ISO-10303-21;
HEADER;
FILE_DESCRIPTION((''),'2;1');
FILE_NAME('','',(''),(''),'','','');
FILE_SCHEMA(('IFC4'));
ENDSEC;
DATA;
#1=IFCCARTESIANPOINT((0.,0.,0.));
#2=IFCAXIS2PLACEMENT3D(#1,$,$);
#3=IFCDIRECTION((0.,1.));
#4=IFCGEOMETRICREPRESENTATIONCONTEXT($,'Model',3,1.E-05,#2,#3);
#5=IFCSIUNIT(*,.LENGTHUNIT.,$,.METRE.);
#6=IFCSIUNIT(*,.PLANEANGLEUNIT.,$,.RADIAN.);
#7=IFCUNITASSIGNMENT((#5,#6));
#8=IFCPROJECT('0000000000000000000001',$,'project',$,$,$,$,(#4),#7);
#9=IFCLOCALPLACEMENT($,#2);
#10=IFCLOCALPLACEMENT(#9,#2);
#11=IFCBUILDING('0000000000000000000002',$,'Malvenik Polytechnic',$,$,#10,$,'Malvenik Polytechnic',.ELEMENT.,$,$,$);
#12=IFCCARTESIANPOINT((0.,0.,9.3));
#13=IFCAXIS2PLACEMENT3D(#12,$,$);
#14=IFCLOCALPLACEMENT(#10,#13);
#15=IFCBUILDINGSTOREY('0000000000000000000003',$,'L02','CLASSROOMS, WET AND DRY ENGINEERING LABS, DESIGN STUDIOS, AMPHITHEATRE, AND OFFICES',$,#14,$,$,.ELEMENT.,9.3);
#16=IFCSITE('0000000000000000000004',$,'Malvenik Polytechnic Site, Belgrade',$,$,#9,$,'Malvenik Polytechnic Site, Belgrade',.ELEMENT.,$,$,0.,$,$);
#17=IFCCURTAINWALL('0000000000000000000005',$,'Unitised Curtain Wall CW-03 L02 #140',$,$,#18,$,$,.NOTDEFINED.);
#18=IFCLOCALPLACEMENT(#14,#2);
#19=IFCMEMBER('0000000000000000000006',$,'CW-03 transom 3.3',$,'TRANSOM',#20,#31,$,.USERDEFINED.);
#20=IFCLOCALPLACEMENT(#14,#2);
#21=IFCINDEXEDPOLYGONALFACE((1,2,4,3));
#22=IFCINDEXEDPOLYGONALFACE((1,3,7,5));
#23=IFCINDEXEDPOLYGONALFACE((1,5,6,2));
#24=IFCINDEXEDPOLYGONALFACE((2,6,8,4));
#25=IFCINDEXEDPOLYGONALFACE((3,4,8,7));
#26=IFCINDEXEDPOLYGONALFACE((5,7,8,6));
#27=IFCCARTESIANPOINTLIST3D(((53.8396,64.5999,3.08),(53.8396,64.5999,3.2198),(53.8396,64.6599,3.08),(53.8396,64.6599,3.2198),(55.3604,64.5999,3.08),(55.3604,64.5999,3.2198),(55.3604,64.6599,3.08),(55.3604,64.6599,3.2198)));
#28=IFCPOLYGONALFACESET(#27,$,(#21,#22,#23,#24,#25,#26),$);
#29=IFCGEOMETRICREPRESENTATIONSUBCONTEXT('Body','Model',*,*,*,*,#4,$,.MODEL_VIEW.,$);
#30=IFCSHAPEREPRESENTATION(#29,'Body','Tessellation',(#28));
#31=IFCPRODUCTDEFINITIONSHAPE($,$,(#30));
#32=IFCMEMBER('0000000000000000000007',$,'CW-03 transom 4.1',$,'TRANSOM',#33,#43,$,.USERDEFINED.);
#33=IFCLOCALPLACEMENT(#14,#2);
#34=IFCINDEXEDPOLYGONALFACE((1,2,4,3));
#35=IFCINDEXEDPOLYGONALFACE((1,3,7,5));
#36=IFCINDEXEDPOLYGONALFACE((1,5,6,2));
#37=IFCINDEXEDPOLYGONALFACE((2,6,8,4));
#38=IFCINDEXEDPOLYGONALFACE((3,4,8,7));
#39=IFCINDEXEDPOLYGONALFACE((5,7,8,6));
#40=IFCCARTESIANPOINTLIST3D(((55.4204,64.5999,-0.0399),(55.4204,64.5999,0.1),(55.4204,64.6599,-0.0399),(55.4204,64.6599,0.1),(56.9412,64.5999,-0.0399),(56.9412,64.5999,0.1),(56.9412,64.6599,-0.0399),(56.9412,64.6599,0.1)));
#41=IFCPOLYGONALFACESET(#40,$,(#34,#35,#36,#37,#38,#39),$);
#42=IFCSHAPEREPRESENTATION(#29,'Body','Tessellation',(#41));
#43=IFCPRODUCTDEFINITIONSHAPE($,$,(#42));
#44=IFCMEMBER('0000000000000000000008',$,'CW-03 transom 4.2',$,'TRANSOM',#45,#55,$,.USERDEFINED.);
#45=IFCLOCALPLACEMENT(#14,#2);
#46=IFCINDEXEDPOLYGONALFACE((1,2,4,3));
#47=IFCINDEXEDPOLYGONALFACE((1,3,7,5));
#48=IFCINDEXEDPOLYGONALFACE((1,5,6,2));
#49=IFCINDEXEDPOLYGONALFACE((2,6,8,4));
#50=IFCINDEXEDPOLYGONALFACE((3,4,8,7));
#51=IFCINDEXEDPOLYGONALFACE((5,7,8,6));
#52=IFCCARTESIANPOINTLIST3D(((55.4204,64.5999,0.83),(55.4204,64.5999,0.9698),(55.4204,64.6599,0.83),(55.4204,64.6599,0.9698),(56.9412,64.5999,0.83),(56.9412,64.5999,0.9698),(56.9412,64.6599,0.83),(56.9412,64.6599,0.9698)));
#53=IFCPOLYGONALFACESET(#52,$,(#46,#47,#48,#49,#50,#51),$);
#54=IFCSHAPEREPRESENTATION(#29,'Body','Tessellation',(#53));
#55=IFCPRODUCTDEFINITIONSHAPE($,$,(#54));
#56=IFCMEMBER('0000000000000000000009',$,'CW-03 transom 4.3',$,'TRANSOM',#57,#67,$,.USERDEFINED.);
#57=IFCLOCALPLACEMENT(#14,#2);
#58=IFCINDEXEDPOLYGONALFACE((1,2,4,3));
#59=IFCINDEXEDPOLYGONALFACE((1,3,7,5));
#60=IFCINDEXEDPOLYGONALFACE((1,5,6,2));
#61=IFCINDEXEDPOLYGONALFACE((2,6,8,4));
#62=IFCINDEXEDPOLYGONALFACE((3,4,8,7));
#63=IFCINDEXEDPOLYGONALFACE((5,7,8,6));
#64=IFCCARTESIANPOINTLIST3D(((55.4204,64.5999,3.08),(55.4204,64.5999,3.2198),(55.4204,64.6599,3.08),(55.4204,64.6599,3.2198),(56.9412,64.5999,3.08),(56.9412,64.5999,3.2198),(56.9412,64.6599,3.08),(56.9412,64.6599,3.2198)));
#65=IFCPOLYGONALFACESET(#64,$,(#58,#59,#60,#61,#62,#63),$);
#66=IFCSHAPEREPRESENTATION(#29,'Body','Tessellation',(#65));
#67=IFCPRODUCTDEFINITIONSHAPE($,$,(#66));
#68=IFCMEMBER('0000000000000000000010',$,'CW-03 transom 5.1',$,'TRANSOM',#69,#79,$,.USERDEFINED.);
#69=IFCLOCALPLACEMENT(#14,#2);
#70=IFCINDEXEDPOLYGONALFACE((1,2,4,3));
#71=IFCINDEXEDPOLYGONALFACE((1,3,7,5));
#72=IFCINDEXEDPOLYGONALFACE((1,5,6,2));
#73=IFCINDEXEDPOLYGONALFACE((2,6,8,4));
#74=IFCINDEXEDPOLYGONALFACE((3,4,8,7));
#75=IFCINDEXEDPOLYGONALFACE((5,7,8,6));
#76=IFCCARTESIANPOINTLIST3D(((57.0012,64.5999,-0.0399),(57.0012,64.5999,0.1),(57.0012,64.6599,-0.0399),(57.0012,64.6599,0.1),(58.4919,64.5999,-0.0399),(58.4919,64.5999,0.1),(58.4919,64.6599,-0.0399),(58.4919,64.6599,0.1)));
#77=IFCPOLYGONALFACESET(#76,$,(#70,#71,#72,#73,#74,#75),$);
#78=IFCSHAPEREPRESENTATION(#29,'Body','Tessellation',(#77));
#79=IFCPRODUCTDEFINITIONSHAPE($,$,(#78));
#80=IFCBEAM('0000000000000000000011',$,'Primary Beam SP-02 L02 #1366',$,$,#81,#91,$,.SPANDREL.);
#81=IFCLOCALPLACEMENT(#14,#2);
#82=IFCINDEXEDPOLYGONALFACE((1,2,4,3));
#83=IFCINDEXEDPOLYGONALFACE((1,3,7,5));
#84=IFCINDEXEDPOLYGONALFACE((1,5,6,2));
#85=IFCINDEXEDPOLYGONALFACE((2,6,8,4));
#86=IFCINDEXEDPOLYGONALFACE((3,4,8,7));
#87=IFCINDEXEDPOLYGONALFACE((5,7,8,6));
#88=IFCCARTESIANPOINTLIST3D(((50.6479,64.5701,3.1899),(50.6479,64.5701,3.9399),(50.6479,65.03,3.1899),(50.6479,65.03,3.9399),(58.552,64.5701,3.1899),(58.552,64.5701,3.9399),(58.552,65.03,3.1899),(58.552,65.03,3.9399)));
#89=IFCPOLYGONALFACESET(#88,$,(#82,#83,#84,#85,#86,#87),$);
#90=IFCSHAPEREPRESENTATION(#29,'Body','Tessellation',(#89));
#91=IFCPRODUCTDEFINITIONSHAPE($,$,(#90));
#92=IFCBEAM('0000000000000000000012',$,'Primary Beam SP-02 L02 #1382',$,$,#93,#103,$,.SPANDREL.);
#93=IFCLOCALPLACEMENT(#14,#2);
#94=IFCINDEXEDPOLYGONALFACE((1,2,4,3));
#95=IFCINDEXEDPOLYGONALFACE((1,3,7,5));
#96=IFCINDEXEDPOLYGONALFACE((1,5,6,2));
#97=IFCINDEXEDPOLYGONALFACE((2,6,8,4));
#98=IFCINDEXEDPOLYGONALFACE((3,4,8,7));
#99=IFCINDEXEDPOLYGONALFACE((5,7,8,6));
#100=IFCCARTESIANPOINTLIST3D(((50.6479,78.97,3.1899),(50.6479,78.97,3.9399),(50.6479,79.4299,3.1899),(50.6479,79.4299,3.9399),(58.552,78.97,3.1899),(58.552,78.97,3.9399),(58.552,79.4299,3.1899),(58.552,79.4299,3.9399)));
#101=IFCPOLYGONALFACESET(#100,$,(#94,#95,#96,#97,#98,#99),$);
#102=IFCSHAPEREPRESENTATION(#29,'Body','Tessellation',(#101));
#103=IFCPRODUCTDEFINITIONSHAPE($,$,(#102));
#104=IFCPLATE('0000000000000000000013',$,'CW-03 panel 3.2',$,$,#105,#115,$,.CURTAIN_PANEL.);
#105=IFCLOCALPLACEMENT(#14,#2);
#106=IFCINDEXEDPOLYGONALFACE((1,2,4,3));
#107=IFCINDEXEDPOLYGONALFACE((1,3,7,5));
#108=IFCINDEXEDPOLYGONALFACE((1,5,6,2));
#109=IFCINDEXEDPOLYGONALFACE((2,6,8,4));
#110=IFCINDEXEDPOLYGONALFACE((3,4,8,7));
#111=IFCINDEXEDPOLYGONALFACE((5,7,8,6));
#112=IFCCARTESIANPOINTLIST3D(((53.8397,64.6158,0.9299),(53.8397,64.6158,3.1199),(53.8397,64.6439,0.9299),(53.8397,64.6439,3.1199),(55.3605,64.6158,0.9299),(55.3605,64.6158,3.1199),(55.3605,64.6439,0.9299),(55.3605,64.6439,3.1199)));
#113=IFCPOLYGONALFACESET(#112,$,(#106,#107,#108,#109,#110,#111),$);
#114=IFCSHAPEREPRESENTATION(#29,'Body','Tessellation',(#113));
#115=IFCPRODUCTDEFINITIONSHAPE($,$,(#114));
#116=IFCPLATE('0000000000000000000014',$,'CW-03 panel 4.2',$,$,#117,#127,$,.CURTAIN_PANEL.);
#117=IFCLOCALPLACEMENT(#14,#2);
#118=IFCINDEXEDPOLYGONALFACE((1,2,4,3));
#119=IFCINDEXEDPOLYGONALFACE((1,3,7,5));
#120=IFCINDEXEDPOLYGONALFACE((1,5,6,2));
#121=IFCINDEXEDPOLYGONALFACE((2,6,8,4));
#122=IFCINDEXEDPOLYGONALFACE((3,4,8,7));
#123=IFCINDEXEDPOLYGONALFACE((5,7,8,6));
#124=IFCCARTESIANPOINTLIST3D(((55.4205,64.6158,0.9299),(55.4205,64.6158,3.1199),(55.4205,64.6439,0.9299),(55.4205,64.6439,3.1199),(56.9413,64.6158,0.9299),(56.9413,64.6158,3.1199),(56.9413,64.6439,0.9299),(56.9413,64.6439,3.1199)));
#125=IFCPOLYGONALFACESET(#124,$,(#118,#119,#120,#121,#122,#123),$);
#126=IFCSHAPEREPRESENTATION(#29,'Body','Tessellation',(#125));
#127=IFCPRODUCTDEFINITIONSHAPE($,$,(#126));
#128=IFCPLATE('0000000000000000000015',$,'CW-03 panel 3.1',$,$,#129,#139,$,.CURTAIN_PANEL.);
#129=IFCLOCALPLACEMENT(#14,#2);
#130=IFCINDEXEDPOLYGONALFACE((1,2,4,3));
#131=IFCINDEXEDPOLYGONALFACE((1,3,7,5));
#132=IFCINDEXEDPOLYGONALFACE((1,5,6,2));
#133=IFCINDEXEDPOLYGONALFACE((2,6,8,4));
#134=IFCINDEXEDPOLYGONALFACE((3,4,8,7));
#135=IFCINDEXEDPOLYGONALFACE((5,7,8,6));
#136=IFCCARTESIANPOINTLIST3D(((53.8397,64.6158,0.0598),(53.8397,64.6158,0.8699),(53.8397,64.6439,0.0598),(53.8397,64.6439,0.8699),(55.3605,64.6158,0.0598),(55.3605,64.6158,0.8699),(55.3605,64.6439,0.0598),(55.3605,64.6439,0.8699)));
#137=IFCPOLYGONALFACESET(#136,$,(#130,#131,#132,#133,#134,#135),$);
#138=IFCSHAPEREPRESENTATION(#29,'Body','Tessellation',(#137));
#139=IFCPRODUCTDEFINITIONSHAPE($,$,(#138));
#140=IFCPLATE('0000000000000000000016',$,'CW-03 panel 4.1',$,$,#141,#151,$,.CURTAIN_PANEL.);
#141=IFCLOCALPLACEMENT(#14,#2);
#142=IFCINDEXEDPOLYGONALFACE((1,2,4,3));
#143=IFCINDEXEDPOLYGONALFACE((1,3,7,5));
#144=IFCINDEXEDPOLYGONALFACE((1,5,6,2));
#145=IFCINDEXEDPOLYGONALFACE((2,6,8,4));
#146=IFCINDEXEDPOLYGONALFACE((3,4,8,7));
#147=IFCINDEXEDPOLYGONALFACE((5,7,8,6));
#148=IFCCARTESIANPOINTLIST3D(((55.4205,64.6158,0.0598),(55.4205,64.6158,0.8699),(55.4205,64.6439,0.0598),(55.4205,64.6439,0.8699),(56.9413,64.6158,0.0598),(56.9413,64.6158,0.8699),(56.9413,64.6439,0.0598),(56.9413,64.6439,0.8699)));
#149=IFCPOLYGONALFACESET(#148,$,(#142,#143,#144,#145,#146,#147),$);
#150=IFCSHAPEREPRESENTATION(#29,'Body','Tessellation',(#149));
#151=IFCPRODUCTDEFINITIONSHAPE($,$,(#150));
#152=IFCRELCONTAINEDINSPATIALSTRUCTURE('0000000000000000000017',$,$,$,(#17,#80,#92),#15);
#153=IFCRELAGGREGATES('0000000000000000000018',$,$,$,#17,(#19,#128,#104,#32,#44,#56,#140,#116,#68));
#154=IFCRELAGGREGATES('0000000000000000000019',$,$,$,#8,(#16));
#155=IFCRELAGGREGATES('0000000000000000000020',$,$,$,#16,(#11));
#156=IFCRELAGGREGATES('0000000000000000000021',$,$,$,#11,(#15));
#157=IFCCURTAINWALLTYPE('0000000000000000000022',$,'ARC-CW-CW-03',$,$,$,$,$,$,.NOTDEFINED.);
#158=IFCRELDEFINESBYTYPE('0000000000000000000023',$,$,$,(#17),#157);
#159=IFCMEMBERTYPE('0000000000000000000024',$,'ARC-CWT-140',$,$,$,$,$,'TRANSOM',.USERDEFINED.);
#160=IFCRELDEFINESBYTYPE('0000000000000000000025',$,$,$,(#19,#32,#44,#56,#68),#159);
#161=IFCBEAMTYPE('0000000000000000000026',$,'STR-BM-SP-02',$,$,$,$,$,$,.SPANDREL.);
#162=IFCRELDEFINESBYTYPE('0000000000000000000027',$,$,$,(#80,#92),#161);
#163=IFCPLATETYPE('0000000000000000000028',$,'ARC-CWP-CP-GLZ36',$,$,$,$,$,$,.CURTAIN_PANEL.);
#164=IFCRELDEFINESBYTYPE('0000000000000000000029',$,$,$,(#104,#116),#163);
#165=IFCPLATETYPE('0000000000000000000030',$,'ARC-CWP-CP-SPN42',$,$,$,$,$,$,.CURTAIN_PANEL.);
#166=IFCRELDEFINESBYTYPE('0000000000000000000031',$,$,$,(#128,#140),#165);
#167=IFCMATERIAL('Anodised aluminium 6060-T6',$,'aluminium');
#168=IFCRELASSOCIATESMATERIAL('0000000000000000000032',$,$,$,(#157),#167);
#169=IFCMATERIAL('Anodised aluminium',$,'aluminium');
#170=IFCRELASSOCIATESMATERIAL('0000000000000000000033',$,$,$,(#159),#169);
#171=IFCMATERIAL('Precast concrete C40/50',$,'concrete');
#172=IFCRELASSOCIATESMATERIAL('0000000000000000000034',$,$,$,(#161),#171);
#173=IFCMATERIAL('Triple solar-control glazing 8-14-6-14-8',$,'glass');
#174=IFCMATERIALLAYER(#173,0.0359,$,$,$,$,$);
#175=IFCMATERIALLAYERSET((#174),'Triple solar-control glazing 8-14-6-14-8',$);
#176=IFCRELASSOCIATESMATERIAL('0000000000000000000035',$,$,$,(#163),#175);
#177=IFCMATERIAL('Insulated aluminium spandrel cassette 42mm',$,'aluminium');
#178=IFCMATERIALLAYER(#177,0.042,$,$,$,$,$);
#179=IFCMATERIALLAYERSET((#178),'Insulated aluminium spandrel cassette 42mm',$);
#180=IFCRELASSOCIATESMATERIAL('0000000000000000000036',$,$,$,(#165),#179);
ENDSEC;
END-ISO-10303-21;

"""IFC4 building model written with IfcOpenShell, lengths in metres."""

from ifc_helpers import new_model, si_unit, direction, frame, origin, origin_2d, place, context, subcontext, project, spatial, rectangle, extrude, material, layer, layer_set, material_profile, profile_set, type_object, element, aggregate, save


model = new_model("IFC4")

# Units and contexts
model_context = context("Model", 3, precision=1e-05, world=origin(), true_north=direction((0.0, 1.0)))
body_context = subcontext(model_context, "Body", "Model", "MODEL_VIEW")
ifc_project = project(units=[si_unit("LENGTHUNIT", "METRE"), si_unit("PLANEANGLEUNIT", "RADIAN")], contexts=[model_context])

# Site, building, storey
site_placement = place(None, origin())
site = spatial("IfcSite", under=ifc_project, at=site_placement, Name="Malvenik Polytechnic Site, Belgrade", LongName="Malvenik Polytechnic Site, Belgrade", CompositionType="ELEMENT", RefElevation=0.0)
building_placement = place(site_placement, origin())
building = spatial("IfcBuilding", under=site, at=building_placement, Name="Malvenik Polytechnic", LongName="Malvenik Polytechnic", CompositionType="ELEMENT")
storey_placement = place(building_placement, frame((0.0, 0.0, 9.3)))
storey = spatial("IfcBuildingStorey", under=building, at=storey_placement, Name="L02", Description="CLASSROOMS, WET AND DRY ENGINEERING LABS, DESIGN STUDIOS, AMPHITHEATRE, AND OFFICES", CompositionType="ELEMENT", Elevation=9.3)

# Curtain wall, members
ifc_material_1 = material(Name="Anodised aluminium 6060-T6", Category="aluminium")
curtain_wall_type = type_object("IfcCurtainWallType", Name="ARC-CW-CW-03", PredefinedType="NOTDEFINED", material=ifc_material_1)
curtain_wall_placement = place(storey_placement, origin())
curtain_wall = element("IfcCurtainWall", 1, at=curtain_wall_placement, inside=storey, type_object=curtain_wall_type, Name="Unitised Curtain Wall CW-03 L02 #140", PredefinedType="NOTDEFINED")
ifc_material_2 = material(Name="Anodised aluminium", Category="aluminium")
ifc_material_profile_1 = material_profile(ifc_material_2, rectangle(XDim=0.0601, YDim=0.1399, at=origin_2d()), Name="ALU TRANSOM 60x140")
ifc_profile_set_1 = profile_set([ifc_material_profile_1], Name="Anodised aluminium")
member_type_1 = type_object("IfcMemberType", Name="ARC-CWT-140", ElementType="TRANSOM", PredefinedType="USERDEFINED", material=ifc_profile_set_1)
member_1_placement = place(storey_placement, frame((53.8396, 64.6299, 3.1499), z_axis=(1.0, 0.0, 0.0), x_axis=(0.0, 1.0, 0.0)))
member_1 = element("IfcMember", 2, at=member_1_placement, type_object=member_type_1, Name="CW-03 transom 3.3", ObjectType="TRANSOM", PredefinedType="USERDEFINED", context=body_context, shape_type="SweptSolid", body=[
    extrude(rectangle(XDim=0.0601, YDim=0.1399, at=origin_2d()), origin(), (0.0, 0.0, 1.0), 1.5208),
])
member_2_placement = place(storey_placement, frame((55.4204, 64.6299, 0.03), z_axis=(1.0, 0.0, 0.0), x_axis=(0.0, 1.0, 0.0)))
member_2 = element("IfcMember", 3, at=member_2_placement, type_object=member_type_1, Name="CW-03 transom 4.1", ObjectType="TRANSOM", PredefinedType="USERDEFINED", context=body_context, shape_type="SweptSolid", body=[
    extrude(rectangle(XDim=0.0601, YDim=0.1399, at=origin_2d()), origin(), (0.0, 0.0, 1.0), 1.5208),
])
member_3_placement = place(storey_placement, frame((55.4204, 64.6299, 0.8999), z_axis=(1.0, 0.0, 0.0), x_axis=(0.0, 1.0, 0.0)))
member_3 = element("IfcMember", 4, at=member_3_placement, type_object=member_type_1, Name="CW-03 transom 4.2", ObjectType="TRANSOM", PredefinedType="USERDEFINED", context=body_context, shape_type="SweptSolid", body=[
    extrude(rectangle(XDim=0.0601, YDim=0.1399, at=origin_2d()), origin(), (0.0, 0.0, 1.0), 1.5208),
])
member_4_placement = place(storey_placement, frame((55.4204, 64.6299, 3.1499), z_axis=(1.0, 0.0, 0.0), x_axis=(0.0, 1.0, 0.0)))
member_4 = element("IfcMember", 5, at=member_4_placement, type_object=member_type_1, Name="CW-03 transom 4.3", ObjectType="TRANSOM", PredefinedType="USERDEFINED", context=body_context, shape_type="SweptSolid", body=[
    extrude(rectangle(XDim=0.0601, YDim=0.1399, at=origin_2d()), origin(), (0.0, 0.0, 1.0), 1.5208),
])
member_5_placement = place(storey_placement, frame((57.0012, 64.6299, 0.03), z_axis=(1.0, 0.0, 0.0), x_axis=(0.0, 1.0, 0.0)))
member_5 = element("IfcMember", 6, at=member_5_placement, type_object=member_type_1, Name="CW-03 transom 5.1", ObjectType="TRANSOM", PredefinedType="USERDEFINED", context=body_context, shape_type="SweptSolid", body=[
    extrude(rectangle(XDim=0.0601, YDim=0.1399, at=origin_2d()), origin(), (0.0, 0.0, 1.0), 1.4907),
])

# Beams
ifc_material_3 = material(Name="Precast concrete C40/50", Category="concrete")
ifc_material_profile_2 = material_profile(ifc_material_3, rectangle(XDim=0.46, YDim=0.75, at=origin_2d()), Name="PC SPN 460x750")
ifc_profile_set_2 = profile_set([ifc_material_profile_2], Name="Precast concrete C40/50")
beam_type = type_object("IfcBeamType", Name="STR-BM-SP-02", PredefinedType="SPANDREL", material=ifc_profile_set_2)
for number, where, z_axis, x_axis, name in (
    (7, (50.6479, 64.8, 3.5649), (1.0, 0.0, 0.0), (0.0, 1.0, 0.0), "Primary Beam SP-02 L02 #1366"),
    (8, (50.6479, 79.2, 3.5649), (1.0, 0.0, 0.0), (0.0, 1.0, 0.0), "Primary Beam SP-02 L02 #1382"),
):
    element("IfcBeam", number, at=place(storey_placement, frame(where, z_axis=z_axis, x_axis=x_axis)), inside=storey, type_object=beam_type, Name=name, PredefinedType="SPANDREL", context=body_context, shape_type="SweptSolid", body=[
        extrude(rectangle(XDim=0.46, YDim=0.75, at=origin_2d()), origin(), (0.0, 0.0, 1.0), 7.9041),
    ])

# Plates
ifc_material_4 = material(Name="Triple solar-control glazing 8-14-6-14-8", Category="glass")
ifc_layer_1 = layer(ifc_material_4, 0.0359)
ifc_layer_set_1 = layer_set([ifc_layer_1], Name="Triple solar-control glazing 8-14-6-14-8")
plate_type_1 = type_object("IfcPlateType", Name="ARC-CWP-CP-GLZ36", PredefinedType="CURTAIN_PANEL", material=ifc_layer_set_1)
plate_1_placement = place(storey_placement, frame((54.6001, 64.6299, 0.9299), z_axis=(0.0, 0.0, 1.0), x_axis=(1.0, 0.0, 0.0)))
plate_1 = element("IfcPlate", 9, at=plate_1_placement, type_object=plate_type_1, Name="CW-03 panel 3.2", PredefinedType="CURTAIN_PANEL", context=body_context, shape_type="SweptSolid", body=[
    extrude(rectangle(XDim=1.5208, YDim=0.0281, at=origin_2d()), origin(), (0.0, 0.0, 1.0), 2.1899),
])
plate_2_placement = place(storey_placement, frame((56.1809, 64.6299, 0.9299), z_axis=(0.0, 0.0, 1.0), x_axis=(1.0, 0.0, 0.0)))
plate_2 = element("IfcPlate", 10, at=plate_2_placement, type_object=plate_type_1, Name="CW-03 panel 4.2", PredefinedType="CURTAIN_PANEL", context=body_context, shape_type="SweptSolid", body=[
    extrude(rectangle(XDim=1.5208, YDim=0.0281, at=origin_2d()), origin(), (0.0, 0.0, 1.0), 2.1899),
])
ifc_material_5 = material(Name="Insulated aluminium spandrel cassette 42mm", Category="aluminium")
ifc_layer_2 = layer(ifc_material_5, 0.042)
ifc_layer_set_2 = layer_set([ifc_layer_2], Name="Insulated aluminium spandrel cassette 42mm")
plate_type_2 = type_object("IfcPlateType", Name="ARC-CWP-CP-SPN42", PredefinedType="CURTAIN_PANEL", material=ifc_layer_set_2)
plate_3_placement = place(storey_placement, frame((54.6001, 64.6299, 0.0598), z_axis=(0.0, 0.0, 1.0), x_axis=(1.0, 0.0, 0.0)))
plate_3 = element("IfcPlate", 11, at=plate_3_placement, type_object=plate_type_2, Name="CW-03 panel 3.1", PredefinedType="CURTAIN_PANEL", context=body_context, shape_type="SweptSolid", body=[
    extrude(rectangle(XDim=1.5208, YDim=0.0281, at=origin_2d()), origin(), (0.0, 0.0, 1.0), 0.8101),
])
plate_4_placement = place(storey_placement, frame((56.1809, 64.6299, 0.0598), z_axis=(0.0, 0.0, 1.0), x_axis=(1.0, 0.0, 0.0)))
plate_4 = element("IfcPlate", 12, at=plate_4_placement, type_object=plate_type_2, Name="CW-03 panel 4.1", PredefinedType="CURTAIN_PANEL", context=body_context, shape_type="SweptSolid", body=[
    extrude(rectangle(XDim=1.5208, YDim=0.0281, at=origin_2d()), origin(), (0.0, 0.0, 1.0), 0.8101),
])
aggregate(curtain_wall, [member_1, plate_3, plate_1, member_2, member_3, member_4, plate_4, plate_2, member_5])

save(model, "model.ifc")
